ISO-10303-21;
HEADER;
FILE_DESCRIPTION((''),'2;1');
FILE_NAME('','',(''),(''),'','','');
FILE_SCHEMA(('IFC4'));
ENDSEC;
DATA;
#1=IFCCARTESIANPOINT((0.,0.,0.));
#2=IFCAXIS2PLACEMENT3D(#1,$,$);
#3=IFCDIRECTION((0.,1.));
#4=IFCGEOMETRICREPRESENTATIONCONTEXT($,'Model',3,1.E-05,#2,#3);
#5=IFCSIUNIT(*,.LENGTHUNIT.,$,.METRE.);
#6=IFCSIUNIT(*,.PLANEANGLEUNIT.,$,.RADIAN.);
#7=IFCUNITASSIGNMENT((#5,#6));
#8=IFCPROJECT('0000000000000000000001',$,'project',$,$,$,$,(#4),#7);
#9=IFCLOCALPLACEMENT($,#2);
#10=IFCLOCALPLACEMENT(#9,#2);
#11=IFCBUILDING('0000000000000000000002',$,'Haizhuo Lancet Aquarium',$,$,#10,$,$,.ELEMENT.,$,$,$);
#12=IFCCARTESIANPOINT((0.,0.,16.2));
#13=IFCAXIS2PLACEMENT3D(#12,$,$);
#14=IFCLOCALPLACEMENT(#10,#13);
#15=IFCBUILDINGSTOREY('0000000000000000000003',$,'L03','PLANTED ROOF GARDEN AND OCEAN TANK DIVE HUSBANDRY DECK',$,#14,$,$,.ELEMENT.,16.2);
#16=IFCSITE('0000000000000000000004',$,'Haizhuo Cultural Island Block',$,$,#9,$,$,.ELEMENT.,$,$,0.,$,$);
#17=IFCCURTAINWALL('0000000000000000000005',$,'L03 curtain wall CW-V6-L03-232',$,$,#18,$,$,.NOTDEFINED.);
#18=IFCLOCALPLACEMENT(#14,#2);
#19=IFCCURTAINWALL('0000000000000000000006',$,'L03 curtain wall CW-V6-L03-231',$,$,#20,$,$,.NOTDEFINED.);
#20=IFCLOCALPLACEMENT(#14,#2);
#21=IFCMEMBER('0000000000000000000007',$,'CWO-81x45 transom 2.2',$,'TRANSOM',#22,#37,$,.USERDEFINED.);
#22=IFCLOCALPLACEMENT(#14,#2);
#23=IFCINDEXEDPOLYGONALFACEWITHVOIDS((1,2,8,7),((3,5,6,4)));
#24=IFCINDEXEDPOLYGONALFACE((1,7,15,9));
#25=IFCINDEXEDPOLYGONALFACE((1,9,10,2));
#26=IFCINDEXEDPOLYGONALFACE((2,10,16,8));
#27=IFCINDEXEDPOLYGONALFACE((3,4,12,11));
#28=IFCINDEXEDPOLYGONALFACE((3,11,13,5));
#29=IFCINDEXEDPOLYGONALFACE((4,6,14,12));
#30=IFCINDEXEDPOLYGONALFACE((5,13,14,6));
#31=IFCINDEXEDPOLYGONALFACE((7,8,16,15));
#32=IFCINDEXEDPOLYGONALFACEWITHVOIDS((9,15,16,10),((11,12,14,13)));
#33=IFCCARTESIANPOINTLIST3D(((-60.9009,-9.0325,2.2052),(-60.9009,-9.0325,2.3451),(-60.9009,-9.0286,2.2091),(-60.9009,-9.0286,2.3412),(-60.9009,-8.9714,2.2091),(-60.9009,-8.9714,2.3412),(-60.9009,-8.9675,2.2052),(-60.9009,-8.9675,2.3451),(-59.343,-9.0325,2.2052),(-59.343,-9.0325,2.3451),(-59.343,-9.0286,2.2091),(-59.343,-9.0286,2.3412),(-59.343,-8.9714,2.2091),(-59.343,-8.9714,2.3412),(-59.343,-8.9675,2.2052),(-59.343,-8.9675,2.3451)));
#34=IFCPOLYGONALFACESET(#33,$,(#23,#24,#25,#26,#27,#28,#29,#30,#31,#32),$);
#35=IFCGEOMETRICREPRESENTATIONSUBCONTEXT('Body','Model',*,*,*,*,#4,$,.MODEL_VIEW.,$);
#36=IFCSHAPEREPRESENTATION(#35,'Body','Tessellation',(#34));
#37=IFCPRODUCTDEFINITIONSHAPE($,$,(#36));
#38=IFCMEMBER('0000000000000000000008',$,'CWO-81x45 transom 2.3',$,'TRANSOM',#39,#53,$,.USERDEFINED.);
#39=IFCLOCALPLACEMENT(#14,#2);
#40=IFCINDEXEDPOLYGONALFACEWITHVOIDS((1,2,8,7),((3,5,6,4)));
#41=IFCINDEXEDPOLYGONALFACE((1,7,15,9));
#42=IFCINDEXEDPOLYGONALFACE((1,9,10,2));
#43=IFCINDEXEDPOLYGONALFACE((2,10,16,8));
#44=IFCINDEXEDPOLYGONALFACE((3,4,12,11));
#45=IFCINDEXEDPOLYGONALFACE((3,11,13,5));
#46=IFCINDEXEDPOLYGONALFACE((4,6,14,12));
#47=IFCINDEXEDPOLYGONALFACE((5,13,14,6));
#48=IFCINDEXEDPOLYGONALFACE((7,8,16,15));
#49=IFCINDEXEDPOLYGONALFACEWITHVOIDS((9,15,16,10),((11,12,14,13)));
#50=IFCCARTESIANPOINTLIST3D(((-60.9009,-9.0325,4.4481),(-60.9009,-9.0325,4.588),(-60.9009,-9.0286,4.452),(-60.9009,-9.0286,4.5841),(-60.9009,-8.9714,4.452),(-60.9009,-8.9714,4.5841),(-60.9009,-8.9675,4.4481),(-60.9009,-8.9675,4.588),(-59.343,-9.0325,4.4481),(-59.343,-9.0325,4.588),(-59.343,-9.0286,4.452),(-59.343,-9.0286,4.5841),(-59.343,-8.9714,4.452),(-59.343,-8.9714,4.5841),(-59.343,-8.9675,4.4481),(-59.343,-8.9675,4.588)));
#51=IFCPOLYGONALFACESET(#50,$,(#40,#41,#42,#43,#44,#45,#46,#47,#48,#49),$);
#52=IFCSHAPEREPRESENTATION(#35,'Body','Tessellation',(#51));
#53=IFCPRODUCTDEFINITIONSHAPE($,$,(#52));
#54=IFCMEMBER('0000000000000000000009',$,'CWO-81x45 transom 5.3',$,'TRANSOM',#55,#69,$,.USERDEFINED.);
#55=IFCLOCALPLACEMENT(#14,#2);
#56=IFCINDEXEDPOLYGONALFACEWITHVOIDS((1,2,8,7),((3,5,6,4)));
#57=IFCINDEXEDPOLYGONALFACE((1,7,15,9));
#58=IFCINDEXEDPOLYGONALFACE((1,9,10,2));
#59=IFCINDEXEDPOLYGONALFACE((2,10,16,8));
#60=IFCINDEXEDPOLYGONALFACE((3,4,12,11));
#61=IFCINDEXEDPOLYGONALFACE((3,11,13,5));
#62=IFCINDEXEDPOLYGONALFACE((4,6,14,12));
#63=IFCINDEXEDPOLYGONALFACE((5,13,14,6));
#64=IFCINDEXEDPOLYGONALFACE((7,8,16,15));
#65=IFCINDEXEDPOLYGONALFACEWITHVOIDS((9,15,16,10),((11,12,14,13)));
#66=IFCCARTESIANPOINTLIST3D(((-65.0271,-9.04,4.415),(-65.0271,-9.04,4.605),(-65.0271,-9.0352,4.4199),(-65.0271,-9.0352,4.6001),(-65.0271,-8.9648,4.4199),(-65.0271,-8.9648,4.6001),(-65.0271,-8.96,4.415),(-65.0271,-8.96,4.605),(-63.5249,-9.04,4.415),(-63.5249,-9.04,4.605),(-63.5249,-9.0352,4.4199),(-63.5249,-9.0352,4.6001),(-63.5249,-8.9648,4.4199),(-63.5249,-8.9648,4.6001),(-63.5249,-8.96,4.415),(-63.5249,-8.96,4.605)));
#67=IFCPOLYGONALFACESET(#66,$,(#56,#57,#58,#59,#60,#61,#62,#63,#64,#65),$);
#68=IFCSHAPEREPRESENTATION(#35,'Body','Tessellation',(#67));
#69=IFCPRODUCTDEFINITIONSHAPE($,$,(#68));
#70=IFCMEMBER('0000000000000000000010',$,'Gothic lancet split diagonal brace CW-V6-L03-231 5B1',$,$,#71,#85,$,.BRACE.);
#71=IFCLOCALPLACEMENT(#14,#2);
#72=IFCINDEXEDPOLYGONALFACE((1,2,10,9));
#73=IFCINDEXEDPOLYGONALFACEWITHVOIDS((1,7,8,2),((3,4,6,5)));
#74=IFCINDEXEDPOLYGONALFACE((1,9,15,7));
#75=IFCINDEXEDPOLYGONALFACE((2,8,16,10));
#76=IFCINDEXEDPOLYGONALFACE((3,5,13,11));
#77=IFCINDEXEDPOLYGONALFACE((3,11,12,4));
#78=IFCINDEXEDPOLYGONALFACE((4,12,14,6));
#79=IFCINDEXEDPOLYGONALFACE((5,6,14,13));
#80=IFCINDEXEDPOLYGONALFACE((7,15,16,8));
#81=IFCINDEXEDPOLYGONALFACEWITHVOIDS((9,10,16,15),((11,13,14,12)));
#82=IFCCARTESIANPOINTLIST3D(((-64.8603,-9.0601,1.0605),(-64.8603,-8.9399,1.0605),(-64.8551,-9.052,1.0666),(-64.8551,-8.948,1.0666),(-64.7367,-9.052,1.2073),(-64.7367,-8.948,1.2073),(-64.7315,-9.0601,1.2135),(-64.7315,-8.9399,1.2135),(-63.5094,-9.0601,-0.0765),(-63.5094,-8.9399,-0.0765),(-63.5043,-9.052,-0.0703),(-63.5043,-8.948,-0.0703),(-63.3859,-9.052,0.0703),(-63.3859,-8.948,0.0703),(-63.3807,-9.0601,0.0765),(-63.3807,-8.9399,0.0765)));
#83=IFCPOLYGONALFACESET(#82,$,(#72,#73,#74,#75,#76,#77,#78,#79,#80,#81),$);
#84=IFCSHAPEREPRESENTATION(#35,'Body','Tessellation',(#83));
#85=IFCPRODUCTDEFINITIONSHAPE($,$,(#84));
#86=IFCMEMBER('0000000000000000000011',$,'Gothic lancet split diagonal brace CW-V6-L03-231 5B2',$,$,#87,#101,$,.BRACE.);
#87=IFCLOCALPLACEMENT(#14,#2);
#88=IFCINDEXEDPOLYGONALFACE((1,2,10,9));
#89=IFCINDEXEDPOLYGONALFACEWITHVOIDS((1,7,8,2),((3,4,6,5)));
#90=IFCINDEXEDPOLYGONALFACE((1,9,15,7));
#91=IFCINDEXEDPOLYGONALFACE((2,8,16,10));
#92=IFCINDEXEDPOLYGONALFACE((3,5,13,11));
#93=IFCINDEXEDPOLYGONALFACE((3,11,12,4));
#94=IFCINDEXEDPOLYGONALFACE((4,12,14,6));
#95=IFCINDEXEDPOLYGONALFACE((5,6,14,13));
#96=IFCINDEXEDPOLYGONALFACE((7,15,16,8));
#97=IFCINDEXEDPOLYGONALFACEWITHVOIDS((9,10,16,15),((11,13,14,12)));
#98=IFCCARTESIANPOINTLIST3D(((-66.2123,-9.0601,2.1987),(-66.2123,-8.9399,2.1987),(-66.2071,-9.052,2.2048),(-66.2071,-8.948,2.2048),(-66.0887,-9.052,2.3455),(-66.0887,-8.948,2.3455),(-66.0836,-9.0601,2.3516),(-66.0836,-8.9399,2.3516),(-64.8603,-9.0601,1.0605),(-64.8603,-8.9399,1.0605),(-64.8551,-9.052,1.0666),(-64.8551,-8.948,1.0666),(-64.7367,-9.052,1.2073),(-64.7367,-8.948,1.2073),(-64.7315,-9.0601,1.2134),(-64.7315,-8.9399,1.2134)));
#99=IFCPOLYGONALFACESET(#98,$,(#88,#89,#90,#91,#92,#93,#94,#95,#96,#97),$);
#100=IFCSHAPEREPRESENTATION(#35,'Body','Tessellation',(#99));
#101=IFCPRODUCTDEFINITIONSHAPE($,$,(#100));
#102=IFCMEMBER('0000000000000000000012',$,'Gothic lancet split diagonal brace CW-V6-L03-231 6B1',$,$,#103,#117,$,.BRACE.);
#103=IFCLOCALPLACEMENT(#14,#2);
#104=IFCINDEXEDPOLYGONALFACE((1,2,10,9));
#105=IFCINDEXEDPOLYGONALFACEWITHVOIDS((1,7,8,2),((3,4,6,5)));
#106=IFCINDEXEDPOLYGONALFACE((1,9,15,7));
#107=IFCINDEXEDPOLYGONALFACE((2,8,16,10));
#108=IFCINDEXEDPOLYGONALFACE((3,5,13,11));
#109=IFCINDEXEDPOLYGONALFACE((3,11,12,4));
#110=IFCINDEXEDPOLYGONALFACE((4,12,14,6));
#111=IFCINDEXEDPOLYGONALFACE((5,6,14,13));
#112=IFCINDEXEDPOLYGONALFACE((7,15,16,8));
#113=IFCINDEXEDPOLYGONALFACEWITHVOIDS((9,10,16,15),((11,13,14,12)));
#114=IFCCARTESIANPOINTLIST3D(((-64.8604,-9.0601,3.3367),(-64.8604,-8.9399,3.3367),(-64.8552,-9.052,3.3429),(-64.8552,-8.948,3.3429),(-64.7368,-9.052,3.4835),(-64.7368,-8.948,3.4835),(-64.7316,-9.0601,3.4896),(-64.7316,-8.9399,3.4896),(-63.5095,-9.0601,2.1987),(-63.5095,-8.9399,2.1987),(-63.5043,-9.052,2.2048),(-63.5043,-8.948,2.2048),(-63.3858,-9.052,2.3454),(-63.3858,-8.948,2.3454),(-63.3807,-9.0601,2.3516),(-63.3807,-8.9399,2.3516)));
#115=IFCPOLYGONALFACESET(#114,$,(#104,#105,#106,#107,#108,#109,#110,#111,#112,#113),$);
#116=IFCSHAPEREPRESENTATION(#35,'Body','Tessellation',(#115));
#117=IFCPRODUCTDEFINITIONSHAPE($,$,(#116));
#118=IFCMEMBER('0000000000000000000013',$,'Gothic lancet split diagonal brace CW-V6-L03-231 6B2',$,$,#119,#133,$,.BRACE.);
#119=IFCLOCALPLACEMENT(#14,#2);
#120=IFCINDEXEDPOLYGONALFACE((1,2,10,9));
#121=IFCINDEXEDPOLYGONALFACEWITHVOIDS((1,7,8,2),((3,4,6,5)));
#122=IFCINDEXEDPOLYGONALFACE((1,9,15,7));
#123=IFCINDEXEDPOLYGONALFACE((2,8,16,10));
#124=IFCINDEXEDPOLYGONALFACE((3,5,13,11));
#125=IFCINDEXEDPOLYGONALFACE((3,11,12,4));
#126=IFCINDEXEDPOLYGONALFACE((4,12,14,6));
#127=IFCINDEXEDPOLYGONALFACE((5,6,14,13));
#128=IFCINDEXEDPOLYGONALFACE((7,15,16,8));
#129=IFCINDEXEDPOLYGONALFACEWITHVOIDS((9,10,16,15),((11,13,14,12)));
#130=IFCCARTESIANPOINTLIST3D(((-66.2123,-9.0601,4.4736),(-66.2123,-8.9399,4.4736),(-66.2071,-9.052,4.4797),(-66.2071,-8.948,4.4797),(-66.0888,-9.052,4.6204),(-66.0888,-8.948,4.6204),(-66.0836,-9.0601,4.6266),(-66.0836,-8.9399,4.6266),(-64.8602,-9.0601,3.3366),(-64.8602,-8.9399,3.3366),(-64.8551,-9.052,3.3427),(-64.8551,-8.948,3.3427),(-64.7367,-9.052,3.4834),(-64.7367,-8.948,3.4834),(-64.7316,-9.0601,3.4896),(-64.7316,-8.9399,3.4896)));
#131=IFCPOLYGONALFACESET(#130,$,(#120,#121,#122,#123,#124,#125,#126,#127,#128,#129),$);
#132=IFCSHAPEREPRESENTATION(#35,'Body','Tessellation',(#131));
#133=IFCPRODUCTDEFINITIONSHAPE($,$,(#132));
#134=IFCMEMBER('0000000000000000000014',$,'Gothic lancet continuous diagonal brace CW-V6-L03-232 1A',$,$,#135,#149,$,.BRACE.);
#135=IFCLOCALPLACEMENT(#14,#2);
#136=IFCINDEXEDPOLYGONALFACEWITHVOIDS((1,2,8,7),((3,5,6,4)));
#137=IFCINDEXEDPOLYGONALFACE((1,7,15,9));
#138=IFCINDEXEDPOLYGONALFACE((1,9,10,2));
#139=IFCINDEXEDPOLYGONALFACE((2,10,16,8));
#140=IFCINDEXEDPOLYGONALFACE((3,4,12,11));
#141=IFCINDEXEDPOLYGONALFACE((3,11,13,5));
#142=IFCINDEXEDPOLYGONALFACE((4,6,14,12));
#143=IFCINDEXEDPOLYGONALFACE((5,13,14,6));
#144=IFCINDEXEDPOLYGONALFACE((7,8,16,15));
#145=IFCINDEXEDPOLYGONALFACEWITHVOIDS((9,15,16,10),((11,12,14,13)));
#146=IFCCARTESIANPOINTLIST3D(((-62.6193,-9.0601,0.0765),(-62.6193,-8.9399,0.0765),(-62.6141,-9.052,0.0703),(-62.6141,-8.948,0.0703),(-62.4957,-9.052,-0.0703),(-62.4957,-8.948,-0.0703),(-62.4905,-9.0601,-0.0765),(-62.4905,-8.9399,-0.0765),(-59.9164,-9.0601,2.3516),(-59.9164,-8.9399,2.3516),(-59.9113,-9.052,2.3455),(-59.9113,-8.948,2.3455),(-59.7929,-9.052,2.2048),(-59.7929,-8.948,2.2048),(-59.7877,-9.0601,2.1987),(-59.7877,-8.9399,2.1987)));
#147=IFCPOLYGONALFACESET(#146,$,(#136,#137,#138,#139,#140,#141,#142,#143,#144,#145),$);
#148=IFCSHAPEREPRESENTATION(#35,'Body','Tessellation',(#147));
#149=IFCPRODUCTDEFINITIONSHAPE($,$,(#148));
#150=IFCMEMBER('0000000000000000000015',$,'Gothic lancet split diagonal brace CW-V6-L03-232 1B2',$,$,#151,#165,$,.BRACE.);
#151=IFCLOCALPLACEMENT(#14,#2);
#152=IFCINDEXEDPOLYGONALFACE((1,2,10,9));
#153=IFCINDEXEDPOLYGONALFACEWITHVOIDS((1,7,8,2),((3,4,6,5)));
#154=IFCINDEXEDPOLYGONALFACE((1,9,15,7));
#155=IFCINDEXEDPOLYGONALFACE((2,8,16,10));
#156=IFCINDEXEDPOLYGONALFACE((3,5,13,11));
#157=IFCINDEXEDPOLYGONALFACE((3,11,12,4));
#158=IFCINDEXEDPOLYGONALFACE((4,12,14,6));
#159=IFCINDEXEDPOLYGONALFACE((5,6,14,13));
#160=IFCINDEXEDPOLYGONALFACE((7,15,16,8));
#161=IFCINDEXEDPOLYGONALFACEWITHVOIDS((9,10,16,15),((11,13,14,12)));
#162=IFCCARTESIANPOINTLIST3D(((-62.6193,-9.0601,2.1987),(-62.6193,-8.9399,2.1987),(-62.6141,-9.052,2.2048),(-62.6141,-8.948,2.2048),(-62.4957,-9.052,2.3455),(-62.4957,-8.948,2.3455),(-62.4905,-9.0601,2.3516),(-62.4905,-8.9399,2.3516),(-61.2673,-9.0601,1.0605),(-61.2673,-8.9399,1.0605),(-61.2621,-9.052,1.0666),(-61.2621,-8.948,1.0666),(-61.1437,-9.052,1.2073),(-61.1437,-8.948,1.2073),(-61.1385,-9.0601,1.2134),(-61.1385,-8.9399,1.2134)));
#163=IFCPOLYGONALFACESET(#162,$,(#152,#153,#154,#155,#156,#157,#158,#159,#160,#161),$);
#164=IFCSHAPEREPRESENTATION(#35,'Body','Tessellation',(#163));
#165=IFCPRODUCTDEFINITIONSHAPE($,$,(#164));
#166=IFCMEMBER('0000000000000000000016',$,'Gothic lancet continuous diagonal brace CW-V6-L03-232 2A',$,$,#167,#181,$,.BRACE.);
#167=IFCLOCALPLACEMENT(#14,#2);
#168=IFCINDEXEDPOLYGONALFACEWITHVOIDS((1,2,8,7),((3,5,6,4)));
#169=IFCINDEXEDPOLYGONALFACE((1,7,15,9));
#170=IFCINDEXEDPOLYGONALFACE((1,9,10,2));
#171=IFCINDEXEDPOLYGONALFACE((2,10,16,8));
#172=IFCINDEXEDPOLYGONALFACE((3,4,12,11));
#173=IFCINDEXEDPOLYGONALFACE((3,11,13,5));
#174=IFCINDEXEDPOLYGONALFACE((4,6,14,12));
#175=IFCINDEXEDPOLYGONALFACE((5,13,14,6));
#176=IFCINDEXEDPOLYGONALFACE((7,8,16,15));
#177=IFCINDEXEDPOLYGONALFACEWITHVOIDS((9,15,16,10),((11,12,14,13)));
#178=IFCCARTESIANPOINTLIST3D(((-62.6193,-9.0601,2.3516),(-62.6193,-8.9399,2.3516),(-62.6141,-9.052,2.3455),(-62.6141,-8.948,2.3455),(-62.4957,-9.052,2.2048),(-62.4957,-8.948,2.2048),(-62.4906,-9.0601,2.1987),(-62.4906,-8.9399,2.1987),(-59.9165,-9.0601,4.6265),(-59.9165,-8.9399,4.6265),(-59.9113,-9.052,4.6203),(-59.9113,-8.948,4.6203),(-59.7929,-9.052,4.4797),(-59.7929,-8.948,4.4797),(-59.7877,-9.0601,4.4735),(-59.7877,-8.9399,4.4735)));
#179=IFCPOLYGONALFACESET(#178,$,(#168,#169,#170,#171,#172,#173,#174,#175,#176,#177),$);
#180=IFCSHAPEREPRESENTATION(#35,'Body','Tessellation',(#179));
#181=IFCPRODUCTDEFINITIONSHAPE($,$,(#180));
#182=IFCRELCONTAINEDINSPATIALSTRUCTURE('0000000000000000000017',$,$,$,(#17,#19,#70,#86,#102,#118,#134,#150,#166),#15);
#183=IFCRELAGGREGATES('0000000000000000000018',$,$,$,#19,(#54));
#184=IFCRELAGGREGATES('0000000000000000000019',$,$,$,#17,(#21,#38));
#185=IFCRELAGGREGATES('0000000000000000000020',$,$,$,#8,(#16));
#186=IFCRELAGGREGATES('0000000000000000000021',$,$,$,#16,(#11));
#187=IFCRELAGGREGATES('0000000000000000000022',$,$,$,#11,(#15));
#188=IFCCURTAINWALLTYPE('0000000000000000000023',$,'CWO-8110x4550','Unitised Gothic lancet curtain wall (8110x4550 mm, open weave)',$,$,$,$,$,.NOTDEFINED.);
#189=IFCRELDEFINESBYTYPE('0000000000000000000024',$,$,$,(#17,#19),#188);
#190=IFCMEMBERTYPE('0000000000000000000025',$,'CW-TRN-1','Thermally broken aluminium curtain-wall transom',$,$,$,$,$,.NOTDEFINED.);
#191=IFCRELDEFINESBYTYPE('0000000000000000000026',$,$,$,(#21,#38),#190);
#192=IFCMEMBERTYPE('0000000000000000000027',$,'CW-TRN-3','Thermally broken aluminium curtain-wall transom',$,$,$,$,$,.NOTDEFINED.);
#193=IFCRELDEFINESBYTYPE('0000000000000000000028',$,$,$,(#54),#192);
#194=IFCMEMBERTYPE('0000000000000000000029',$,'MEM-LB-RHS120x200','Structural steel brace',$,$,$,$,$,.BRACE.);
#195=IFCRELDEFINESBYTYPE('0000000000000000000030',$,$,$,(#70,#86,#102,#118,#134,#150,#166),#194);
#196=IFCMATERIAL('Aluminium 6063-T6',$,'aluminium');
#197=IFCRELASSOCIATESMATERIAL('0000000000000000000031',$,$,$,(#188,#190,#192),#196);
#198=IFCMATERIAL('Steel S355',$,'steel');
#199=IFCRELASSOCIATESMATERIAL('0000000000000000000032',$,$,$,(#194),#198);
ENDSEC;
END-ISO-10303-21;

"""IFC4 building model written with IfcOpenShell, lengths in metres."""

from ifc_helpers import new_model, si_unit, direction, frame, origin, origin_2d, place, context, subcontext, project, spatial, hollow_rectangle, extrude, material, material_profile, profile_set, type_object, element, aggregate, save


model = new_model("IFC4")

# Units and contexts
model_context = context("Model", 3, precision=1e-05, world=origin(), true_north=direction((0.0, 1.0)))
body_context = subcontext(model_context, "Body", "Model", "MODEL_VIEW")
ifc_project = project(units=[si_unit("LENGTHUNIT", "METRE"), si_unit("PLANEANGLEUNIT", "RADIAN")], contexts=[model_context])

# Site, building, storey
site_placement = place(None, origin())
site = spatial("IfcSite", under=ifc_project, at=site_placement, Name="Haizhuo Cultural Island Block", CompositionType="ELEMENT", RefElevation=0.0)
building_placement = place(site_placement, origin())
building = spatial("IfcBuilding", under=site, at=building_placement, Name="Haizhuo Lancet Aquarium", CompositionType="ELEMENT")
storey_placement = place(building_placement, frame((0.0, 0.0, 16.2)))
storey = spatial("IfcBuildingStorey", under=building, at=storey_placement, Name="L03", Description="PLANTED ROOF GARDEN AND OCEAN TANK DIVE HUSBANDRY DECK", CompositionType="ELEMENT", Elevation=16.2)

# Shared definitions
ifc_material_1 = material(Name="Steel S355", Category="steel")

# Curtain wall
ifc_material_2 = material(Name="Aluminium 6063-T6", Category="aluminium")
curtain_wall_type = type_object("IfcCurtainWallType", Name="CWO-8110x4550", Description="Unitised Gothic lancet curtain wall (8110x4550 mm, open weave)", PredefinedType="NOTDEFINED", material=ifc_material_2)
curtain_wall_1_placement = place(storey_placement, origin())
curtain_wall_1 = element("IfcCurtainWall", 1, at=curtain_wall_1_placement, inside=storey, type_object=curtain_wall_type, Name="L03 curtain wall CW-V6-L03-232", PredefinedType="NOTDEFINED")

# Curtain wall
curtain_wall_2_placement = place(storey_placement, origin())
curtain_wall_2 = element("IfcCurtainWall", 2, at=curtain_wall_2_placement, inside=storey, type_object=curtain_wall_type, Name="L03 curtain wall CW-V6-L03-231", PredefinedType="NOTDEFINED")

# Members
ifc_material_profile_1 = material_profile(ifc_material_2, hollow_rectangle(XDim=0.0649, YDim=0.1399, WallThickness=0.0039, at=origin_2d()), Name="ALU-T 65x140x4")
ifc_profile_set_1 = profile_set([ifc_material_profile_1], Name="Aluminium 6063-T6")
member_type_1 = type_object("IfcMemberType", Name="CW-TRN-1", Description="Thermally broken aluminium curtain-wall transom", PredefinedType="NOTDEFINED", material=ifc_profile_set_1)
member_1_placement = place(storey_placement, frame((-60.9009, -9.0, 2.2751), z_axis=(1.0, 0.0, 0.0), x_axis=(0.0, 1.0, 0.0)))
member_1 = element("IfcMember", 3, at=member_1_placement, type_object=member_type_1, Name="CWO-81x45 transom 2.2", ObjectType="TRANSOM", PredefinedType="USERDEFINED", context=body_context, shape_type="SweptSolid", body=[
    extrude(hollow_rectangle(XDim=0.0649, YDim=0.1399, WallThickness=0.0039, at=origin_2d()), origin(), (0.0, 0.0, 1.0), 1.5579),
])
member_2_placement = place(storey_placement, frame((-60.9009, -9.0, 4.5181), z_axis=(1.0, 0.0, 0.0), x_axis=(0.0, 1.0, 0.0)))
member_2 = element("IfcMember", 4, at=member_2_placement, type_object=member_type_1, Name="CWO-81x45 transom 2.3", ObjectType="TRANSOM", PredefinedType="USERDEFINED", context=body_context, shape_type="SweptSolid", body=[
    extrude(hollow_rectangle(XDim=0.0649, YDim=0.1399, WallThickness=0.0039, at=origin_2d()), origin(), (0.0, 0.0, 1.0), 1.5579),
])
ifc_material_profile_2 = material_profile(ifc_material_2, hollow_rectangle(XDim=0.0801, YDim=0.1899, WallThickness=0.0049, at=origin_2d()), Name="ALU-T 80x190x5")
ifc_profile_set_2 = profile_set([ifc_material_profile_2], Name="Aluminium 6063-T6")
member_type_2 = type_object("IfcMemberType", Name="CW-TRN-3", Description="Thermally broken aluminium curtain-wall transom", PredefinedType="NOTDEFINED", material=ifc_profile_set_2)
member_3_placement = place(storey_placement, frame((-65.0271, -9.0, 4.51), z_axis=(1.0, 0.0, 0.0), x_axis=(0.0, 1.0, 0.0)))
member_3 = element("IfcMember", 5, at=member_3_placement, type_object=member_type_2, Name="CWO-81x45 transom 5.3", ObjectType="TRANSOM", PredefinedType="USERDEFINED", context=body_context, shape_type="SweptSolid", body=[
    extrude(hollow_rectangle(XDim=0.0801, YDim=0.1899, WallThickness=0.0049, at=origin_2d()), origin(), (0.0, 0.0, 1.0), 1.5022),
])

# Members
ifc_material_profile_3 = material_profile(ifc_material_1, hollow_rectangle(XDim=0.1201, YDim=0.2, WallThickness=0.0081, at=origin_2d()), Name="RHS 120x200x8")
ifc_profile_set_3 = profile_set([ifc_material_profile_3], Name="Steel S355")
member_type_3 = type_object("IfcMemberType", Name="MEM-LB-RHS120x200", Description="Structural steel brace", PredefinedType="BRACE", material=ifc_profile_set_3)
member_4_placement = place(storey_placement, frame((-63.4451, -9.0, 0.0), z_axis=(-0.765073, 0.0, 0.643944), x_axis=(0.0, -1.0, 0.0)))
element("IfcMember", 6, at=member_4_placement, inside=storey, type_object=member_type_3, Name="Gothic lancet split diagonal brace CW-V6-L03-231 5B1", PredefinedType="BRACE", context=body_context, shape_type="SweptSolid", body=[
    extrude(hollow_rectangle(XDim=0.1201, YDim=0.2, WallThickness=0.0081, at=origin_2d()), origin(), (0.0, 0.0, 1.0), 1.7656),
])
member_5_placement = place(storey_placement, frame((-64.7959, -9.0, 1.137), z_axis=(-0.765019, 0.0, 0.644008), x_axis=(0.0, -1.0, 0.0)))
element("IfcMember", 7, at=member_5_placement, inside=storey, type_object=member_type_3, Name="Gothic lancet split diagonal brace CW-V6-L03-231 5B2", PredefinedType="BRACE", context=body_context, shape_type="SweptSolid", body=[
    extrude(hollow_rectangle(XDim=0.1201, YDim=0.2, WallThickness=0.0081, at=origin_2d()), origin(), (0.0, 0.0, 1.0), 1.7673),
])
member_6_placement = place(storey_placement, frame((-63.4451, -9.0, 2.2751), z_axis=(-0.7648, 0.0, 0.644268), x_axis=(0.0, -1.0, 0.0)))
element("IfcMember", 8, at=member_6_placement, inside=storey, type_object=member_type_3, Name="Gothic lancet split diagonal brace CW-V6-L03-231 6B1", PredefinedType="BRACE", context=body_context, shape_type="SweptSolid", body=[
    extrude(hollow_rectangle(XDim=0.1201, YDim=0.2, WallThickness=0.0081, at=origin_2d()), origin(), (0.0, 0.0, 1.0), 1.7664),
])
member_7_placement = place(storey_placement, frame((-64.7959, -9.0, 3.4131), z_axis=(-0.765359, 0.0, 0.643604), x_axis=(0.0, -1.0, 0.0)))
element("IfcMember", 9, at=member_7_placement, inside=storey, type_object=member_type_3, Name="Gothic lancet split diagonal brace CW-V6-L03-231 6B2", PredefinedType="BRACE", context=body_context, shape_type="SweptSolid", body=[
    extrude(hollow_rectangle(XDim=0.1201, YDim=0.2, WallThickness=0.0081, at=origin_2d()), origin(), (0.0, 0.0, 1.0), 1.7666),
])
member_8_placement = place(storey_placement, frame((-62.5549, -9.0, 0.0), z_axis=(0.765046, 0.0, 0.643976), x_axis=(0.0, 1.0, 0.0)))
element("IfcMember", 10, at=member_8_placement, inside=storey, type_object=member_type_3, Name="Gothic lancet continuous diagonal brace CW-V6-L03-232 1A", PredefinedType="BRACE", context=body_context, shape_type="SweptSolid", body=[
    extrude(hollow_rectangle(XDim=0.1201, YDim=0.2, WallThickness=0.0081, at=origin_2d()), origin(), (0.0, 0.0, 1.0), 3.533),
])
member_9_placement = place(storey_placement, frame((-61.2029, -9.0, 1.137), z_axis=(-0.765019, 0.0, 0.644008), x_axis=(0.0, -1.0, 0.0)))
element("IfcMember", 11, at=member_9_placement, inside=storey, type_object=member_type_3, Name="Gothic lancet split diagonal brace CW-V6-L03-232 1B2", PredefinedType="BRACE", context=body_context, shape_type="SweptSolid", body=[
    extrude(hollow_rectangle(XDim=0.1201, YDim=0.2, WallThickness=0.0081, at=origin_2d()), origin(), (0.0, 0.0, 1.0), 1.7673),
])
member_10_placement = place(storey_placement, frame((-62.5549, -9.0, 2.2751), z_axis=(0.76508, 0.0, 0.643936), x_axis=(0.0, 1.0, 0.0)))
element("IfcMember", 12, at=member_10_placement, inside=storey, type_object=member_type_3, Name="Gothic lancet continuous diagonal brace CW-V6-L03-232 2A", PredefinedType="BRACE", context=body_context, shape_type="SweptSolid", body=[
    extrude(hollow_rectangle(XDim=0.1201, YDim=0.2, WallThickness=0.0081, at=origin_2d()), origin(), (0.0, 0.0, 1.0), 3.5327),
])

aggregate(curtain_wall_2, [member_3])
aggregate(curtain_wall_1, [member_1, member_2])

save(model, "model.ifc")
